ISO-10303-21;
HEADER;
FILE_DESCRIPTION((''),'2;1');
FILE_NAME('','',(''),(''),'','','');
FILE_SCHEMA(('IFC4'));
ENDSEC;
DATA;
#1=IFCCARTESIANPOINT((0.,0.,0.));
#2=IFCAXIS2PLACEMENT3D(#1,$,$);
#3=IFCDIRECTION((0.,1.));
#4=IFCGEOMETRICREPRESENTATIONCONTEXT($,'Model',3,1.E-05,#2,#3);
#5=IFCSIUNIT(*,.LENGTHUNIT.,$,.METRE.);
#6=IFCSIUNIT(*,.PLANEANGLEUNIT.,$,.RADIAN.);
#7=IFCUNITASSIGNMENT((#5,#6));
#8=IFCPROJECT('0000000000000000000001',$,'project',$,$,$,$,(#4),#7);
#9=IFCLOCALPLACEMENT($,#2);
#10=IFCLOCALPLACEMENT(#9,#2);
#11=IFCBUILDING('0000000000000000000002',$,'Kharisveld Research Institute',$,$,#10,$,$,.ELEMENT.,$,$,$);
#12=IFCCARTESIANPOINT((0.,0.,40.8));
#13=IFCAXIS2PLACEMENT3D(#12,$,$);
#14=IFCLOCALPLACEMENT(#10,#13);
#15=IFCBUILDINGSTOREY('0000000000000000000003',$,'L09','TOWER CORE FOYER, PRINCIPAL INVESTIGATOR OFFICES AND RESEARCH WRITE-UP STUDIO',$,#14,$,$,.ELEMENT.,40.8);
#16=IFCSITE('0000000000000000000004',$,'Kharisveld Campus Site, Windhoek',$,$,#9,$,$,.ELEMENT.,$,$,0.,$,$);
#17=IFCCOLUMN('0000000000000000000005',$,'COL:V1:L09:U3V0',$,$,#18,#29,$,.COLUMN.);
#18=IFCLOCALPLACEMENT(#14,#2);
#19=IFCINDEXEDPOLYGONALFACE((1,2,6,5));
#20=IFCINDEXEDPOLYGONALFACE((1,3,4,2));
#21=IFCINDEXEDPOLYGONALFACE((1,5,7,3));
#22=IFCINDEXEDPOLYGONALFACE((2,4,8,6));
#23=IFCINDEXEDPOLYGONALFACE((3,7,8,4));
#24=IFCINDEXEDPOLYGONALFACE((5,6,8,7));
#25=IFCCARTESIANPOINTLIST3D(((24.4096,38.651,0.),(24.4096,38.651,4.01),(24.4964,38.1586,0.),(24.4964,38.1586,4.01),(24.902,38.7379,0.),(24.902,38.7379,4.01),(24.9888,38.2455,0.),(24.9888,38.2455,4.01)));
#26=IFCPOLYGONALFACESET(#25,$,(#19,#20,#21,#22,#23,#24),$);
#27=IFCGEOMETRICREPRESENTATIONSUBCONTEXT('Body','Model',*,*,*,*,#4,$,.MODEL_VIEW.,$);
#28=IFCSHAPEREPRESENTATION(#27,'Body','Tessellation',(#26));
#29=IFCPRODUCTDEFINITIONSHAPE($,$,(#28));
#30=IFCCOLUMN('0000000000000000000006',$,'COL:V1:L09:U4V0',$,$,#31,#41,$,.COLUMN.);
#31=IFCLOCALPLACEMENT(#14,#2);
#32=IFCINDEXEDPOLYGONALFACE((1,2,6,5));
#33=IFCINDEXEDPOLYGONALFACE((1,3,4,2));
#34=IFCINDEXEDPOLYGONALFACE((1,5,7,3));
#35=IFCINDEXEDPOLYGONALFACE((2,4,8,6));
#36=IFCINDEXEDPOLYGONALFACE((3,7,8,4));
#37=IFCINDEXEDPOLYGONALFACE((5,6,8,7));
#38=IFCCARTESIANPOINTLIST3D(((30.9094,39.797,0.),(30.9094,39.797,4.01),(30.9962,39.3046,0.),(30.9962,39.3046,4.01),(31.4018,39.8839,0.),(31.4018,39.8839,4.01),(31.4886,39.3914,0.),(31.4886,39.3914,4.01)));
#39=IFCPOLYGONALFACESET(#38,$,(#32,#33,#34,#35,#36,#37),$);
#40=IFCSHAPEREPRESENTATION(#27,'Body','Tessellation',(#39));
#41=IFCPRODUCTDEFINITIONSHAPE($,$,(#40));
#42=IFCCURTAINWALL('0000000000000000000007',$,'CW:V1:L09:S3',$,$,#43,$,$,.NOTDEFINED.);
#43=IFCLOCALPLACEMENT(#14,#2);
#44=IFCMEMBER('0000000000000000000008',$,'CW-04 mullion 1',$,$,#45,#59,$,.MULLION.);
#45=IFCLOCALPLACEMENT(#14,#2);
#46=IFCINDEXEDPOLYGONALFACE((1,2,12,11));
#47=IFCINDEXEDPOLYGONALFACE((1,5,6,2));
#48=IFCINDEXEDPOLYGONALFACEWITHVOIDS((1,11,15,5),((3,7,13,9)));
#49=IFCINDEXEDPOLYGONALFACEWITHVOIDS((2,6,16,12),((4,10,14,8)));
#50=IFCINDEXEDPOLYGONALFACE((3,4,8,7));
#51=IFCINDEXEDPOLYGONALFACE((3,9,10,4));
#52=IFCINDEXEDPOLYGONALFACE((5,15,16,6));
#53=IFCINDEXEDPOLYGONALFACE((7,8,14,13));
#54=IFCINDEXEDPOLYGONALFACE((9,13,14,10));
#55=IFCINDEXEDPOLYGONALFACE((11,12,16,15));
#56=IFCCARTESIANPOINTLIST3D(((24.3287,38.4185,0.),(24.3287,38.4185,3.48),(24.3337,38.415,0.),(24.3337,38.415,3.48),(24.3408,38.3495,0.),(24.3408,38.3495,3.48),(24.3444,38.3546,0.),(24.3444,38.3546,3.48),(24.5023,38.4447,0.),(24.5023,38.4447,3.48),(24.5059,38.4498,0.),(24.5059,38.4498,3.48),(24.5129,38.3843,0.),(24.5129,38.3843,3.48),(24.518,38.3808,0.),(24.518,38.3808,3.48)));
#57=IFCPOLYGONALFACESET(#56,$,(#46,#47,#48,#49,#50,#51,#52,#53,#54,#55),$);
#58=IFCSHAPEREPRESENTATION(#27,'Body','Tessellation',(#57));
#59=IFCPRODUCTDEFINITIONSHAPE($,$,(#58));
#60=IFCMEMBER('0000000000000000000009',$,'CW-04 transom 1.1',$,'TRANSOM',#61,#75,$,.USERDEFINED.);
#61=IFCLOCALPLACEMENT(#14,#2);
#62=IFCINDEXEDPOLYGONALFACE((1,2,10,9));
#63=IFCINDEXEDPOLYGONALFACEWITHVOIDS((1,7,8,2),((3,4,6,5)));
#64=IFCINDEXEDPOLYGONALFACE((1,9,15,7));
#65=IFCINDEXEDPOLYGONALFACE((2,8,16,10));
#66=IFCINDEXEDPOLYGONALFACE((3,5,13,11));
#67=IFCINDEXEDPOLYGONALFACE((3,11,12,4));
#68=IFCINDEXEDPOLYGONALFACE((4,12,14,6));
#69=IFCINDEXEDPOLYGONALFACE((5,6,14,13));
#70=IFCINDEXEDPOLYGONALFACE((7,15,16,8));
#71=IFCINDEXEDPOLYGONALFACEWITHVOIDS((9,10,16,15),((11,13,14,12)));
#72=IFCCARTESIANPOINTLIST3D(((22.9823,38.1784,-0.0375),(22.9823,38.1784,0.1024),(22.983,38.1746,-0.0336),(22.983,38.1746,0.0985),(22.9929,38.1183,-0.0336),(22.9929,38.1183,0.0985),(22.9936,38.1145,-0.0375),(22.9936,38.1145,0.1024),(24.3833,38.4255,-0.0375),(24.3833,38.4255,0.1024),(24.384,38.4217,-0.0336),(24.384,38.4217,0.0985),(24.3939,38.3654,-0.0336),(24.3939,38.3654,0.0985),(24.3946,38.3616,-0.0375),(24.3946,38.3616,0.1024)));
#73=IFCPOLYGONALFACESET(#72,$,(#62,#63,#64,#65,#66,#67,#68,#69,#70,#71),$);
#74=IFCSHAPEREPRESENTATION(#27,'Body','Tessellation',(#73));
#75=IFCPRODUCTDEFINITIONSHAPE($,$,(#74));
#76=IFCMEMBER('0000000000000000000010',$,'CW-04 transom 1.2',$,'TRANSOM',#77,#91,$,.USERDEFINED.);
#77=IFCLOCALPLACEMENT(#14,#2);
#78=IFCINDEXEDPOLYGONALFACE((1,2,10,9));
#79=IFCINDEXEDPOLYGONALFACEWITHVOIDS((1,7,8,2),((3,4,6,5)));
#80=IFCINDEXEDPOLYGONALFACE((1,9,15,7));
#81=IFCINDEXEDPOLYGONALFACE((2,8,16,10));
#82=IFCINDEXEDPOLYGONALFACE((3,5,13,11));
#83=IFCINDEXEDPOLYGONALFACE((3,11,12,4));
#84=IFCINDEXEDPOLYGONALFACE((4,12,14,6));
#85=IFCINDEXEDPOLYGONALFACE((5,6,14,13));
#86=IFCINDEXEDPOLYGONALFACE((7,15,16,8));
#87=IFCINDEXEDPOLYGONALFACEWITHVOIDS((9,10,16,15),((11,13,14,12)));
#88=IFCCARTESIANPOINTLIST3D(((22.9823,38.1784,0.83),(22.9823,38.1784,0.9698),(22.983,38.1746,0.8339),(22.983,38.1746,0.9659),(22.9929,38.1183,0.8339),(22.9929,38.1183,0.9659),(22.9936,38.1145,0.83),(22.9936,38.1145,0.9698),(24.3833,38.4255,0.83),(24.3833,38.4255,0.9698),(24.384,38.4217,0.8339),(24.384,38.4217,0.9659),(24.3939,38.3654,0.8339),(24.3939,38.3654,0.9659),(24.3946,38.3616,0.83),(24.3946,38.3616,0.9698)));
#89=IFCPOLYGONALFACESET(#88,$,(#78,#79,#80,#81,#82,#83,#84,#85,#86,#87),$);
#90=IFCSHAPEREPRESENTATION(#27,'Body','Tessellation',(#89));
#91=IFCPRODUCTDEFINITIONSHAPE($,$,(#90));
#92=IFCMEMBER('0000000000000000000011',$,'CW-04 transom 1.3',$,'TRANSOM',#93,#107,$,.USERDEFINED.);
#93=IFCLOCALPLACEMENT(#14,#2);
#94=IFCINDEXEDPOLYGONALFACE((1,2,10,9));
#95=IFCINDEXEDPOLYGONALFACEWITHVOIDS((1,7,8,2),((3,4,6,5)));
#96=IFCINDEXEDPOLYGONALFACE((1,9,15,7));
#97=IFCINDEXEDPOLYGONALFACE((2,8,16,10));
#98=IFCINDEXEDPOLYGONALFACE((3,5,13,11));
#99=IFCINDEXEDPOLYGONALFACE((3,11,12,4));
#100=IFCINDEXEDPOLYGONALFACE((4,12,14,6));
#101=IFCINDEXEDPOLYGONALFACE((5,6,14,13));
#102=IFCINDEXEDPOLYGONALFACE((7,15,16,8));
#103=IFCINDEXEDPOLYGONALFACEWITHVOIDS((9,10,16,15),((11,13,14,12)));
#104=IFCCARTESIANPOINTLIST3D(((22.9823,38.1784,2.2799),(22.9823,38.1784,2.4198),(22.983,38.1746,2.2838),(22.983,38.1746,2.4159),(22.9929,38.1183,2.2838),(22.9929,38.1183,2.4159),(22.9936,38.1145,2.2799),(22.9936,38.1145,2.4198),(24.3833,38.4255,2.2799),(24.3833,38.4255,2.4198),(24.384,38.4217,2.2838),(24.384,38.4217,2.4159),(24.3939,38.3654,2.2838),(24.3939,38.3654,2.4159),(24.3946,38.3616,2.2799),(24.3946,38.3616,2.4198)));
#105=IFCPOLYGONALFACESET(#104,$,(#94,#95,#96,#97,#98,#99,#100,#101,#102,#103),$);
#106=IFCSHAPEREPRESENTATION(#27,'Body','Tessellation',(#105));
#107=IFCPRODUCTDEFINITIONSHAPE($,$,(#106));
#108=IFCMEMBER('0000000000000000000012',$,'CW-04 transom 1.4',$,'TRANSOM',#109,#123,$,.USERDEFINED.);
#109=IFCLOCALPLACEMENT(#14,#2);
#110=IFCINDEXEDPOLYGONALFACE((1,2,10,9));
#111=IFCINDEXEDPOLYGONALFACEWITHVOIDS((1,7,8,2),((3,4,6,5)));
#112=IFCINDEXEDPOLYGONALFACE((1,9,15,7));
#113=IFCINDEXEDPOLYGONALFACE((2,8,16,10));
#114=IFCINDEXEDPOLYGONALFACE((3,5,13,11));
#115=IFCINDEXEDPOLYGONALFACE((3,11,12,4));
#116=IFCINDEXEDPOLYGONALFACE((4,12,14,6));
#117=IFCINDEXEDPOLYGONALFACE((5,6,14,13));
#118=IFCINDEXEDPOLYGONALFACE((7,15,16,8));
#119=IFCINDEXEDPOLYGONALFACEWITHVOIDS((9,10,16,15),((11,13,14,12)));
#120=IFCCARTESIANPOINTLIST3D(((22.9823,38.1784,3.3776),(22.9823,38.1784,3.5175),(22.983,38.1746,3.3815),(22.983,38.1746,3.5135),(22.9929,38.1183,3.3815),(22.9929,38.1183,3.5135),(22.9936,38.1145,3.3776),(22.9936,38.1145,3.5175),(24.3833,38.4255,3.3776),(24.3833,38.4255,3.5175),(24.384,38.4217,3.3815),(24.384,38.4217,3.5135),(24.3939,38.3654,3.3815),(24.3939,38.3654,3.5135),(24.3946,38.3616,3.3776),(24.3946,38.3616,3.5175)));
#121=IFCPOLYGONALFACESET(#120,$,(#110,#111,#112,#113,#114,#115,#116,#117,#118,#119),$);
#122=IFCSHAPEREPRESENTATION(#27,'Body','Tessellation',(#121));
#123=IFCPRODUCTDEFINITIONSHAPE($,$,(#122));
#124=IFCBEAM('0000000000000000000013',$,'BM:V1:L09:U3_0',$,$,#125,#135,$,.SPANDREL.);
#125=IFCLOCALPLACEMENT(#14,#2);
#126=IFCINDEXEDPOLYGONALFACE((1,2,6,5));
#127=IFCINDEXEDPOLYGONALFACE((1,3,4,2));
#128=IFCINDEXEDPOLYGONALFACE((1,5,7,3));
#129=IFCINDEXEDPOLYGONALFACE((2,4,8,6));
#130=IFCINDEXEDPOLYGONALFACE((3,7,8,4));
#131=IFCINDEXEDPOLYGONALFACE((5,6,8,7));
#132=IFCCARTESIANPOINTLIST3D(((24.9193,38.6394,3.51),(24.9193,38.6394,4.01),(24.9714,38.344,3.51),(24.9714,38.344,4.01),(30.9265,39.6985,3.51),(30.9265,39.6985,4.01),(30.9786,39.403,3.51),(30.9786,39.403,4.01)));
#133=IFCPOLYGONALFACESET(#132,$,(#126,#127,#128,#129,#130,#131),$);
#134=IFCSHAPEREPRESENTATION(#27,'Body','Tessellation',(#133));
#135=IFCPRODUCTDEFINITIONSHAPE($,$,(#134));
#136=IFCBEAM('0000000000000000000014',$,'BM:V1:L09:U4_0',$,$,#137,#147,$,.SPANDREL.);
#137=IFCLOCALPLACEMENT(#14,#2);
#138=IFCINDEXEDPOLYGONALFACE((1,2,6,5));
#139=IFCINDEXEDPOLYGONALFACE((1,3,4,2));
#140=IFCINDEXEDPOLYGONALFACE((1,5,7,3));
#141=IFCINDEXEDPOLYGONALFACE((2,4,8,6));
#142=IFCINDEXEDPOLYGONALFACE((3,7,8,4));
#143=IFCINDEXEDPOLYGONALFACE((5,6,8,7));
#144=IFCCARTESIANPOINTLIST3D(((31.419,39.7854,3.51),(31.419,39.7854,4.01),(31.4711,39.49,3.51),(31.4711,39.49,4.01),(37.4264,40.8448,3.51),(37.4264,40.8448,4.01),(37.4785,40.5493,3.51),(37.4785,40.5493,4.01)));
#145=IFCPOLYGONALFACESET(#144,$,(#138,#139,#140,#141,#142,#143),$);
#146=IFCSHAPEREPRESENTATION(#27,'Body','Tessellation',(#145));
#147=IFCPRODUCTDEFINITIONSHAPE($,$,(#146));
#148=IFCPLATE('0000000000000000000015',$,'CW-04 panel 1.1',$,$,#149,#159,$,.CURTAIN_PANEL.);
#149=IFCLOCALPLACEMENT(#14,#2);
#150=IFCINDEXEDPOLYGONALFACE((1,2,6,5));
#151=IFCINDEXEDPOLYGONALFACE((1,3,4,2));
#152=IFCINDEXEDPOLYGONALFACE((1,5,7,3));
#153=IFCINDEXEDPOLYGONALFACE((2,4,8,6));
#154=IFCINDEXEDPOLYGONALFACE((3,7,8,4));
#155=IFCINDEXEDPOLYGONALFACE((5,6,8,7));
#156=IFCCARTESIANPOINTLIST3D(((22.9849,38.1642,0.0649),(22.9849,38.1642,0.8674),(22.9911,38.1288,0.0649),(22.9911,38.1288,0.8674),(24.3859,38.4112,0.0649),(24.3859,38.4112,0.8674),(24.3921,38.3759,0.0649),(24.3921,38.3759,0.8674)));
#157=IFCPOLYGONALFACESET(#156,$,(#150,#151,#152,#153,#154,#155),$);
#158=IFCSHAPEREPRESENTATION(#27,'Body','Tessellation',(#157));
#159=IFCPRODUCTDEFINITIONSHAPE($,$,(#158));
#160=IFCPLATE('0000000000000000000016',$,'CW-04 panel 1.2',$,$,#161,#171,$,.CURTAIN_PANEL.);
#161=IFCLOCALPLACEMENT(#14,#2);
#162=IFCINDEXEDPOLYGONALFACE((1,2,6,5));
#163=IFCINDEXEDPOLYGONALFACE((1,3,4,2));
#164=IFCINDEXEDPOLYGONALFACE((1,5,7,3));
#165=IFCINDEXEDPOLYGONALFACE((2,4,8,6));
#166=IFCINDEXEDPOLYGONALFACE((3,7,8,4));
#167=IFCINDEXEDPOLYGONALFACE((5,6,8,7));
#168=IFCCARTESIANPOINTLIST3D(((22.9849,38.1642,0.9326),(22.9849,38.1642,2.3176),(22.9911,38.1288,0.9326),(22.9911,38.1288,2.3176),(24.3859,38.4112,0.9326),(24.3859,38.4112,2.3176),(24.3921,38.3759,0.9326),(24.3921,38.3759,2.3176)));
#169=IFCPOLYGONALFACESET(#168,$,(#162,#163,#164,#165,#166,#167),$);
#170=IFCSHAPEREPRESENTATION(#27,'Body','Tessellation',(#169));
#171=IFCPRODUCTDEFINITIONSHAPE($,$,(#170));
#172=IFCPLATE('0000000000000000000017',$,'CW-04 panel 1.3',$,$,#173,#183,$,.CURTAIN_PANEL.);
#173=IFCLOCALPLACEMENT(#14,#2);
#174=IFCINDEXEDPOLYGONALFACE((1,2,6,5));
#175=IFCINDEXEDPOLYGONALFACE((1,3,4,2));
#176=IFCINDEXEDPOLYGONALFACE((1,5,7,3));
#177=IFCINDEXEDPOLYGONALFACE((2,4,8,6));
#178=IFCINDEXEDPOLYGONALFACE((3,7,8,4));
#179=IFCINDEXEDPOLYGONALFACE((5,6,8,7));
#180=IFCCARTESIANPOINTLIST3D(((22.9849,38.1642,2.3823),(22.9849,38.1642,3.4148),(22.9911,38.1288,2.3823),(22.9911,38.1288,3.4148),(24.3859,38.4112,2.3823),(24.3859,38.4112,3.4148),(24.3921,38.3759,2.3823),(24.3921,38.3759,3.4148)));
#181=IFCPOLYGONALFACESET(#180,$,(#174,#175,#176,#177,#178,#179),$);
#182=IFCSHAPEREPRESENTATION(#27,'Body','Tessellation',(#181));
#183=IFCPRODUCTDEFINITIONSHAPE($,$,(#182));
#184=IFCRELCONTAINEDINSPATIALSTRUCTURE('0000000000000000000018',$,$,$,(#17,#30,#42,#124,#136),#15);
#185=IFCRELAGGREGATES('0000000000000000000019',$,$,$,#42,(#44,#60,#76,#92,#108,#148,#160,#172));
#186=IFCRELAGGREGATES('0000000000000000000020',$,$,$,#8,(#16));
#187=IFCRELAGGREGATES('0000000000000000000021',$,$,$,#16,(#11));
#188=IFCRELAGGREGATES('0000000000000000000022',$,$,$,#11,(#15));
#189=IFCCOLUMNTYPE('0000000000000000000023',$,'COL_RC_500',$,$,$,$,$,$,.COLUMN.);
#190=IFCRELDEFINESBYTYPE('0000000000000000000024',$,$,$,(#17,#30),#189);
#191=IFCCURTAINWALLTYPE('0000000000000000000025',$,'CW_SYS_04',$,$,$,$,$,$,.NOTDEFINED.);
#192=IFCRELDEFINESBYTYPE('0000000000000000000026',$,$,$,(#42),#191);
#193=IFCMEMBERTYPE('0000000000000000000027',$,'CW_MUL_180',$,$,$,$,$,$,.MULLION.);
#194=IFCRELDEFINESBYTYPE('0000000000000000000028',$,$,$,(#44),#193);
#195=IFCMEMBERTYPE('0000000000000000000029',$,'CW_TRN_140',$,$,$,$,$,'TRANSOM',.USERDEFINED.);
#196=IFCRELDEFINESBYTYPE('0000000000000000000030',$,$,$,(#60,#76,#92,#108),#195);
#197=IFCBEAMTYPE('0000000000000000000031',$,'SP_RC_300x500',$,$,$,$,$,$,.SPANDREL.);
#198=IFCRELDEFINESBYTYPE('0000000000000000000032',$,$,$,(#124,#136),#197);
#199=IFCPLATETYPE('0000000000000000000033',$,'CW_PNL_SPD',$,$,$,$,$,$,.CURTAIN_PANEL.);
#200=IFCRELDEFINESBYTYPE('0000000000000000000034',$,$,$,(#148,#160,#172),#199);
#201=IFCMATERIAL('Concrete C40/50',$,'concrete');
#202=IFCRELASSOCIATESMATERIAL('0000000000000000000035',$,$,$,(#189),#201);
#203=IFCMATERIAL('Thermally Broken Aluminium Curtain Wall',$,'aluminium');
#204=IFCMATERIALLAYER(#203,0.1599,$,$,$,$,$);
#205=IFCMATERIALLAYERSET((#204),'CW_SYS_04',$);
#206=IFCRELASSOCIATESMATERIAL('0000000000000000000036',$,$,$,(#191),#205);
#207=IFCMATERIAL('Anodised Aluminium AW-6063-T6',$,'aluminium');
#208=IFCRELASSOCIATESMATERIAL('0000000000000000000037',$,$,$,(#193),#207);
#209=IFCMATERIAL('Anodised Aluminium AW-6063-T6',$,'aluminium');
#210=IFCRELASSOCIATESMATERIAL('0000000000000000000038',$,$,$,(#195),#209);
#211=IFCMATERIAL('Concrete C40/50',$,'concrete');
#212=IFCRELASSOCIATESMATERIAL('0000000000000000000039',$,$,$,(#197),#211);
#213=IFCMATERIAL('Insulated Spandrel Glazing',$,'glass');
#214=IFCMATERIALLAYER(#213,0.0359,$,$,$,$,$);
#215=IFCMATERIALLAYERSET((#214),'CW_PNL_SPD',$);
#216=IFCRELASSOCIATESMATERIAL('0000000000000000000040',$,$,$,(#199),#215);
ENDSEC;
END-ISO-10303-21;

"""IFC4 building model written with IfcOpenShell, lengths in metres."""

from ifc_helpers import new_model, si_unit, direction, frame, origin, origin_2d, place, context, subcontext, project, spatial, rectangle, hollow_rectangle, extrude, material, layer, layer_set, material_profile, profile_set, type_object, element, aggregate, save


model = new_model("IFC4")

# Units and contexts
model_context = context("Model", 3, precision=1e-05, world=origin(), true_north=direction((0.0, 1.0)))
body_context = subcontext(model_context, "Body", "Model", "MODEL_VIEW")
ifc_project = project(units=[si_unit("LENGTHUNIT", "METRE"), si_unit("PLANEANGLEUNIT", "RADIAN")], contexts=[model_context])

# Site, building, storey
site_placement = place(None, origin())
site = spatial("IfcSite", under=ifc_project, at=site_placement, Name="Kharisveld Campus Site, Windhoek", CompositionType="ELEMENT", RefElevation=0.0)
building_placement = place(site_placement, origin())
building = spatial("IfcBuilding", under=site, at=building_placement, Name="Kharisveld Research Institute", CompositionType="ELEMENT")
storey_placement = place(building_placement, frame((0.0, 0.0, 40.8)))
storey = spatial("IfcBuildingStorey", under=building, at=storey_placement, Name="L09", Description="TOWER CORE FOYER, PRINCIPAL INVESTIGATOR OFFICES AND RESEARCH WRITE-UP STUDIO", CompositionType="ELEMENT", Elevation=40.8)

# Columns
ifc_material_1 = material(Name="Concrete C40/50", Category="concrete")
ifc_material_profile_1 = material_profile(ifc_material_1, rectangle(XDim=0.5, YDim=0.5, at=origin_2d()))
ifc_profile_set_1 = profile_set([ifc_material_profile_1], Name="Concrete C40/50")
column_type = type_object("IfcColumnType", Name="COL_RC_500", PredefinedType="COLUMN", material=ifc_profile_set_1)
for number, where, z_axis, x_axis, name in (
    (1, (24.6992, 38.4482, 0.0), (0.0, 0.0, 1.0), (0.984808, 0.173648, 0.0), "COL:V1:L09:U3V0"),
    (2, (31.199, 39.5942, 0.0), (0.0, 0.0, 1.0), (0.984808, 0.173648, 0.0), "COL:V1:L09:U4V0"),
):
    element("IfcColumn", number, at=place(storey_placement, frame(where, z_axis=z_axis, x_axis=x_axis)), inside=storey, type_object=column_type, Name=name, PredefinedType="COLUMN", context=body_context, shape_type="SweptSolid", body=[
        extrude(rectangle(XDim=0.5, YDim=0.5, at=origin_2d()), origin(), (0.0, 0.0, 1.0), 4.01),
    ])

# Curtain wall, members
ifc_material_2 = material(Name="Thermally Broken Aluminium Curtain Wall", Category="aluminium")
ifc_layer_1 = layer(ifc_material_2, 0.1599)
ifc_layer_set_1 = layer_set([ifc_layer_1], Name="CW_SYS_04")
curtain_wall_type = type_object("IfcCurtainWallType", Name="CW_SYS_04", PredefinedType="NOTDEFINED", material=ifc_layer_set_1)
curtain_wall_placement = place(storey_placement, origin())
curtain_wall = element("IfcCurtainWall", 3, at=curtain_wall_placement, inside=storey, type_object=curtain_wall_type, Name="CW:V1:L09:S3", PredefinedType="NOTDEFINED")
ifc_material_3 = material(Name="Anodised Aluminium AW-6063-T6", Category="aluminium")
ifc_material_profile_2 = material_profile(ifc_material_3, hollow_rectangle(XDim=0.0701, YDim=0.1799, WallThickness=0.0044, at=origin_2d()))
ifc_profile_set_2 = profile_set([ifc_material_profile_2], Name="Anodised Aluminium AW-6063-T6")
member_type_1 = type_object("IfcMemberType", Name="CW_MUL_180", PredefinedType="MULLION", material=ifc_profile_set_2)
member_1_placement = place(storey_placement, frame((24.4233, 38.3997, 0.0), z_axis=(0.0, 0.0, 1.0), x_axis=(0.173648, -0.984808, 0.0)))
member_1 = element("IfcMember", 4, at=member_1_placement, type_object=member_type_1, Name="CW-04 mullion 1", PredefinedType="MULLION", context=body_context, shape_type="SweptSolid", body=[
    extrude(hollow_rectangle(XDim=0.0701, YDim=0.1799, WallThickness=0.0044, at=origin_2d()), origin(), (0.0, 0.0, 1.0), 3.48),
])
ifc_material_4 = material(Name="Anodised Aluminium AW-6063-T6", Category="aluminium")
ifc_material_profile_3 = material_profile(ifc_material_4, hollow_rectangle(XDim=0.0649, YDim=0.1399, WallThickness=0.0039, at=origin_2d()))
ifc_profile_set_3 = profile_set([ifc_material_profile_3], Name="Anodised Aluminium AW-6063-T6")
member_type_2 = type_object("IfcMemberType", Name="CW_TRN_140", ElementType="TRANSOM", PredefinedType="USERDEFINED", material=ifc_profile_set_3)
member_2_placement = place(storey_placement, frame((24.3889, 38.3936, 0.0325), z_axis=(-0.984801, -0.173687, 0.0), x_axis=(0.173687, -0.984801, 0.0)))
member_2 = element("IfcMember", 5, at=member_2_placement, type_object=member_type_2, Name="CW-04 transom 1.1", ObjectType="TRANSOM", PredefinedType="USERDEFINED", context=body_context, shape_type="SweptSolid", body=[
    extrude(hollow_rectangle(XDim=0.0649, YDim=0.1399, WallThickness=0.0039, at=origin_2d()), origin(), (0.0, 0.0, 1.0), 1.4226),
])
member_3_placement = place(storey_placement, frame((24.3889, 38.3936, 0.8999), z_axis=(-0.984801, -0.173687, 0.0), x_axis=(0.173687, -0.984801, 0.0)))
member_3 = element("IfcMember", 6, at=member_3_placement, type_object=member_type_2, Name="CW-04 transom 1.2", ObjectType="TRANSOM", PredefinedType="USERDEFINED", context=body_context, shape_type="SweptSolid", body=[
    extrude(hollow_rectangle(XDim=0.0649, YDim=0.1399, WallThickness=0.0039, at=origin_2d()), origin(), (0.0, 0.0, 1.0), 1.4226),
])
member_4_placement = place(storey_placement, frame((24.3889, 38.3936, 2.3499), z_axis=(-0.984801, -0.173687, 0.0), x_axis=(0.173687, -0.984801, 0.0)))
member_4 = element("IfcMember", 7, at=member_4_placement, type_object=member_type_2, Name="CW-04 transom 1.3", ObjectType="TRANSOM", PredefinedType="USERDEFINED", context=body_context, shape_type="SweptSolid", body=[
    extrude(hollow_rectangle(XDim=0.0649, YDim=0.1399, WallThickness=0.0039, at=origin_2d()), origin(), (0.0, 0.0, 1.0), 1.4226),
])
member_5_placement = place(storey_placement, frame((24.3889, 38.3936, 3.4475), z_axis=(-0.984801, -0.173687, 0.0), x_axis=(0.173687, -0.984801, 0.0)))
member_5 = element("IfcMember", 8, at=member_5_placement, type_object=member_type_2, Name="CW-04 transom 1.4", ObjectType="TRANSOM", PredefinedType="USERDEFINED", context=body_context, shape_type="SweptSolid", body=[
    extrude(hollow_rectangle(XDim=0.0649, YDim=0.1399, WallThickness=0.0039, at=origin_2d()), origin(), (0.0, 0.0, 1.0), 1.4226),
])

# Beams
ifc_material_5 = material(Name="Concrete C40/50", Category="concrete")
ifc_material_profile_4 = material_profile(ifc_material_5, rectangle(XDim=0.3, YDim=0.5, at=origin_2d()))
ifc_profile_set_4 = profile_set([ifc_material_profile_4], Name="Concrete C40/50")
beam_type = type_object("IfcBeamType", Name="SP_RC_300x500", PredefinedType="SPANDREL", material=ifc_profile_set_4)
beam_1_placement = place(storey_placement, frame((24.9453, 38.4917, 3.76), z_axis=(0.984813, 0.173621, 0.0), x_axis=(-0.173621, 0.984813, 0.0)))
element("IfcBeam", 9, at=beam_1_placement, inside=storey, type_object=beam_type, Name="BM:V1:L09:U3_0", PredefinedType="SPANDREL", context=body_context, shape_type="SweptSolid", body=[
    extrude(rectangle(XDim=0.3, YDim=0.5, at=origin_2d()), origin(), (0.0, 0.0, 1.0), 6.0999),
])
beam_2_placement = place(storey_placement, frame((31.4451, 39.6377, 3.76), z_axis=(0.984806, 0.17366, 0.0), x_axis=(-0.17366, 0.984806, 0.0)))
element("IfcBeam", 10, at=beam_2_placement, inside=storey, type_object=beam_type, Name="BM:V1:L09:U4_0", PredefinedType="SPANDREL", context=body_context, shape_type="SweptSolid", body=[
    extrude(rectangle(XDim=0.3, YDim=0.5, at=origin_2d()), origin(), (0.0, 0.0, 1.0), 6.1001),
])

# Plates
ifc_material_6 = material(Name="Insulated Spandrel Glazing", Category="glass")
ifc_layer_2 = layer(ifc_material_6, 0.0359)
ifc_layer_set_2 = layer_set([ifc_layer_2], Name="CW_PNL_SPD")
plate_type = type_object("IfcPlateType", Name="CW_PNL_SPD", PredefinedType="CURTAIN_PANEL", material=ifc_layer_set_2)
plate_1_placement = place(storey_placement, frame((23.6885, 38.27, 0.0649), z_axis=(0.0, 0.0, 1.0), x_axis=(-0.984808, -0.173648, 0.0)))
plate_1 = element("IfcPlate", 11, at=plate_1_placement, type_object=plate_type, Name="CW-04 panel 1.1", PredefinedType="CURTAIN_PANEL", context=body_context, shape_type="SweptSolid", body=[
    extrude(rectangle(XDim=1.4226, YDim=0.0359, at=origin_2d()), origin(), (0.0, 0.0, 1.0), 0.8025),
])
plate_2_placement = place(storey_placement, frame((23.6885, 38.27, 0.9326), z_axis=(0.0, 0.0, 1.0), x_axis=(-0.984808, -0.173648, 0.0)))
plate_2 = element("IfcPlate", 12, at=plate_2_placement, type_object=plate_type, Name="CW-04 panel 1.2", PredefinedType="CURTAIN_PANEL", context=body_context, shape_type="SweptSolid", body=[
    extrude(rectangle(XDim=1.4226, YDim=0.0359, at=origin_2d()), origin(), (0.0, 0.0, 1.0), 1.385),
])
plate_3_placement = place(storey_placement, frame((23.6885, 38.27, 2.3823), z_axis=(0.0, 0.0, 1.0), x_axis=(-0.984808, -0.173648, 0.0)))
plate_3 = element("IfcPlate", 13, at=plate_3_placement, type_object=plate_type, Name="CW-04 panel 1.3", PredefinedType="CURTAIN_PANEL", context=body_context, shape_type="SweptSolid", body=[
    extrude(rectangle(XDim=1.4226, YDim=0.0359, at=origin_2d()), origin(), (0.0, 0.0, 1.0), 1.0325),
])
aggregate(curtain_wall, [member_1, member_2, member_3, member_4, member_5, plate_1, plate_2, plate_3])

save(model, "model.ifc")
